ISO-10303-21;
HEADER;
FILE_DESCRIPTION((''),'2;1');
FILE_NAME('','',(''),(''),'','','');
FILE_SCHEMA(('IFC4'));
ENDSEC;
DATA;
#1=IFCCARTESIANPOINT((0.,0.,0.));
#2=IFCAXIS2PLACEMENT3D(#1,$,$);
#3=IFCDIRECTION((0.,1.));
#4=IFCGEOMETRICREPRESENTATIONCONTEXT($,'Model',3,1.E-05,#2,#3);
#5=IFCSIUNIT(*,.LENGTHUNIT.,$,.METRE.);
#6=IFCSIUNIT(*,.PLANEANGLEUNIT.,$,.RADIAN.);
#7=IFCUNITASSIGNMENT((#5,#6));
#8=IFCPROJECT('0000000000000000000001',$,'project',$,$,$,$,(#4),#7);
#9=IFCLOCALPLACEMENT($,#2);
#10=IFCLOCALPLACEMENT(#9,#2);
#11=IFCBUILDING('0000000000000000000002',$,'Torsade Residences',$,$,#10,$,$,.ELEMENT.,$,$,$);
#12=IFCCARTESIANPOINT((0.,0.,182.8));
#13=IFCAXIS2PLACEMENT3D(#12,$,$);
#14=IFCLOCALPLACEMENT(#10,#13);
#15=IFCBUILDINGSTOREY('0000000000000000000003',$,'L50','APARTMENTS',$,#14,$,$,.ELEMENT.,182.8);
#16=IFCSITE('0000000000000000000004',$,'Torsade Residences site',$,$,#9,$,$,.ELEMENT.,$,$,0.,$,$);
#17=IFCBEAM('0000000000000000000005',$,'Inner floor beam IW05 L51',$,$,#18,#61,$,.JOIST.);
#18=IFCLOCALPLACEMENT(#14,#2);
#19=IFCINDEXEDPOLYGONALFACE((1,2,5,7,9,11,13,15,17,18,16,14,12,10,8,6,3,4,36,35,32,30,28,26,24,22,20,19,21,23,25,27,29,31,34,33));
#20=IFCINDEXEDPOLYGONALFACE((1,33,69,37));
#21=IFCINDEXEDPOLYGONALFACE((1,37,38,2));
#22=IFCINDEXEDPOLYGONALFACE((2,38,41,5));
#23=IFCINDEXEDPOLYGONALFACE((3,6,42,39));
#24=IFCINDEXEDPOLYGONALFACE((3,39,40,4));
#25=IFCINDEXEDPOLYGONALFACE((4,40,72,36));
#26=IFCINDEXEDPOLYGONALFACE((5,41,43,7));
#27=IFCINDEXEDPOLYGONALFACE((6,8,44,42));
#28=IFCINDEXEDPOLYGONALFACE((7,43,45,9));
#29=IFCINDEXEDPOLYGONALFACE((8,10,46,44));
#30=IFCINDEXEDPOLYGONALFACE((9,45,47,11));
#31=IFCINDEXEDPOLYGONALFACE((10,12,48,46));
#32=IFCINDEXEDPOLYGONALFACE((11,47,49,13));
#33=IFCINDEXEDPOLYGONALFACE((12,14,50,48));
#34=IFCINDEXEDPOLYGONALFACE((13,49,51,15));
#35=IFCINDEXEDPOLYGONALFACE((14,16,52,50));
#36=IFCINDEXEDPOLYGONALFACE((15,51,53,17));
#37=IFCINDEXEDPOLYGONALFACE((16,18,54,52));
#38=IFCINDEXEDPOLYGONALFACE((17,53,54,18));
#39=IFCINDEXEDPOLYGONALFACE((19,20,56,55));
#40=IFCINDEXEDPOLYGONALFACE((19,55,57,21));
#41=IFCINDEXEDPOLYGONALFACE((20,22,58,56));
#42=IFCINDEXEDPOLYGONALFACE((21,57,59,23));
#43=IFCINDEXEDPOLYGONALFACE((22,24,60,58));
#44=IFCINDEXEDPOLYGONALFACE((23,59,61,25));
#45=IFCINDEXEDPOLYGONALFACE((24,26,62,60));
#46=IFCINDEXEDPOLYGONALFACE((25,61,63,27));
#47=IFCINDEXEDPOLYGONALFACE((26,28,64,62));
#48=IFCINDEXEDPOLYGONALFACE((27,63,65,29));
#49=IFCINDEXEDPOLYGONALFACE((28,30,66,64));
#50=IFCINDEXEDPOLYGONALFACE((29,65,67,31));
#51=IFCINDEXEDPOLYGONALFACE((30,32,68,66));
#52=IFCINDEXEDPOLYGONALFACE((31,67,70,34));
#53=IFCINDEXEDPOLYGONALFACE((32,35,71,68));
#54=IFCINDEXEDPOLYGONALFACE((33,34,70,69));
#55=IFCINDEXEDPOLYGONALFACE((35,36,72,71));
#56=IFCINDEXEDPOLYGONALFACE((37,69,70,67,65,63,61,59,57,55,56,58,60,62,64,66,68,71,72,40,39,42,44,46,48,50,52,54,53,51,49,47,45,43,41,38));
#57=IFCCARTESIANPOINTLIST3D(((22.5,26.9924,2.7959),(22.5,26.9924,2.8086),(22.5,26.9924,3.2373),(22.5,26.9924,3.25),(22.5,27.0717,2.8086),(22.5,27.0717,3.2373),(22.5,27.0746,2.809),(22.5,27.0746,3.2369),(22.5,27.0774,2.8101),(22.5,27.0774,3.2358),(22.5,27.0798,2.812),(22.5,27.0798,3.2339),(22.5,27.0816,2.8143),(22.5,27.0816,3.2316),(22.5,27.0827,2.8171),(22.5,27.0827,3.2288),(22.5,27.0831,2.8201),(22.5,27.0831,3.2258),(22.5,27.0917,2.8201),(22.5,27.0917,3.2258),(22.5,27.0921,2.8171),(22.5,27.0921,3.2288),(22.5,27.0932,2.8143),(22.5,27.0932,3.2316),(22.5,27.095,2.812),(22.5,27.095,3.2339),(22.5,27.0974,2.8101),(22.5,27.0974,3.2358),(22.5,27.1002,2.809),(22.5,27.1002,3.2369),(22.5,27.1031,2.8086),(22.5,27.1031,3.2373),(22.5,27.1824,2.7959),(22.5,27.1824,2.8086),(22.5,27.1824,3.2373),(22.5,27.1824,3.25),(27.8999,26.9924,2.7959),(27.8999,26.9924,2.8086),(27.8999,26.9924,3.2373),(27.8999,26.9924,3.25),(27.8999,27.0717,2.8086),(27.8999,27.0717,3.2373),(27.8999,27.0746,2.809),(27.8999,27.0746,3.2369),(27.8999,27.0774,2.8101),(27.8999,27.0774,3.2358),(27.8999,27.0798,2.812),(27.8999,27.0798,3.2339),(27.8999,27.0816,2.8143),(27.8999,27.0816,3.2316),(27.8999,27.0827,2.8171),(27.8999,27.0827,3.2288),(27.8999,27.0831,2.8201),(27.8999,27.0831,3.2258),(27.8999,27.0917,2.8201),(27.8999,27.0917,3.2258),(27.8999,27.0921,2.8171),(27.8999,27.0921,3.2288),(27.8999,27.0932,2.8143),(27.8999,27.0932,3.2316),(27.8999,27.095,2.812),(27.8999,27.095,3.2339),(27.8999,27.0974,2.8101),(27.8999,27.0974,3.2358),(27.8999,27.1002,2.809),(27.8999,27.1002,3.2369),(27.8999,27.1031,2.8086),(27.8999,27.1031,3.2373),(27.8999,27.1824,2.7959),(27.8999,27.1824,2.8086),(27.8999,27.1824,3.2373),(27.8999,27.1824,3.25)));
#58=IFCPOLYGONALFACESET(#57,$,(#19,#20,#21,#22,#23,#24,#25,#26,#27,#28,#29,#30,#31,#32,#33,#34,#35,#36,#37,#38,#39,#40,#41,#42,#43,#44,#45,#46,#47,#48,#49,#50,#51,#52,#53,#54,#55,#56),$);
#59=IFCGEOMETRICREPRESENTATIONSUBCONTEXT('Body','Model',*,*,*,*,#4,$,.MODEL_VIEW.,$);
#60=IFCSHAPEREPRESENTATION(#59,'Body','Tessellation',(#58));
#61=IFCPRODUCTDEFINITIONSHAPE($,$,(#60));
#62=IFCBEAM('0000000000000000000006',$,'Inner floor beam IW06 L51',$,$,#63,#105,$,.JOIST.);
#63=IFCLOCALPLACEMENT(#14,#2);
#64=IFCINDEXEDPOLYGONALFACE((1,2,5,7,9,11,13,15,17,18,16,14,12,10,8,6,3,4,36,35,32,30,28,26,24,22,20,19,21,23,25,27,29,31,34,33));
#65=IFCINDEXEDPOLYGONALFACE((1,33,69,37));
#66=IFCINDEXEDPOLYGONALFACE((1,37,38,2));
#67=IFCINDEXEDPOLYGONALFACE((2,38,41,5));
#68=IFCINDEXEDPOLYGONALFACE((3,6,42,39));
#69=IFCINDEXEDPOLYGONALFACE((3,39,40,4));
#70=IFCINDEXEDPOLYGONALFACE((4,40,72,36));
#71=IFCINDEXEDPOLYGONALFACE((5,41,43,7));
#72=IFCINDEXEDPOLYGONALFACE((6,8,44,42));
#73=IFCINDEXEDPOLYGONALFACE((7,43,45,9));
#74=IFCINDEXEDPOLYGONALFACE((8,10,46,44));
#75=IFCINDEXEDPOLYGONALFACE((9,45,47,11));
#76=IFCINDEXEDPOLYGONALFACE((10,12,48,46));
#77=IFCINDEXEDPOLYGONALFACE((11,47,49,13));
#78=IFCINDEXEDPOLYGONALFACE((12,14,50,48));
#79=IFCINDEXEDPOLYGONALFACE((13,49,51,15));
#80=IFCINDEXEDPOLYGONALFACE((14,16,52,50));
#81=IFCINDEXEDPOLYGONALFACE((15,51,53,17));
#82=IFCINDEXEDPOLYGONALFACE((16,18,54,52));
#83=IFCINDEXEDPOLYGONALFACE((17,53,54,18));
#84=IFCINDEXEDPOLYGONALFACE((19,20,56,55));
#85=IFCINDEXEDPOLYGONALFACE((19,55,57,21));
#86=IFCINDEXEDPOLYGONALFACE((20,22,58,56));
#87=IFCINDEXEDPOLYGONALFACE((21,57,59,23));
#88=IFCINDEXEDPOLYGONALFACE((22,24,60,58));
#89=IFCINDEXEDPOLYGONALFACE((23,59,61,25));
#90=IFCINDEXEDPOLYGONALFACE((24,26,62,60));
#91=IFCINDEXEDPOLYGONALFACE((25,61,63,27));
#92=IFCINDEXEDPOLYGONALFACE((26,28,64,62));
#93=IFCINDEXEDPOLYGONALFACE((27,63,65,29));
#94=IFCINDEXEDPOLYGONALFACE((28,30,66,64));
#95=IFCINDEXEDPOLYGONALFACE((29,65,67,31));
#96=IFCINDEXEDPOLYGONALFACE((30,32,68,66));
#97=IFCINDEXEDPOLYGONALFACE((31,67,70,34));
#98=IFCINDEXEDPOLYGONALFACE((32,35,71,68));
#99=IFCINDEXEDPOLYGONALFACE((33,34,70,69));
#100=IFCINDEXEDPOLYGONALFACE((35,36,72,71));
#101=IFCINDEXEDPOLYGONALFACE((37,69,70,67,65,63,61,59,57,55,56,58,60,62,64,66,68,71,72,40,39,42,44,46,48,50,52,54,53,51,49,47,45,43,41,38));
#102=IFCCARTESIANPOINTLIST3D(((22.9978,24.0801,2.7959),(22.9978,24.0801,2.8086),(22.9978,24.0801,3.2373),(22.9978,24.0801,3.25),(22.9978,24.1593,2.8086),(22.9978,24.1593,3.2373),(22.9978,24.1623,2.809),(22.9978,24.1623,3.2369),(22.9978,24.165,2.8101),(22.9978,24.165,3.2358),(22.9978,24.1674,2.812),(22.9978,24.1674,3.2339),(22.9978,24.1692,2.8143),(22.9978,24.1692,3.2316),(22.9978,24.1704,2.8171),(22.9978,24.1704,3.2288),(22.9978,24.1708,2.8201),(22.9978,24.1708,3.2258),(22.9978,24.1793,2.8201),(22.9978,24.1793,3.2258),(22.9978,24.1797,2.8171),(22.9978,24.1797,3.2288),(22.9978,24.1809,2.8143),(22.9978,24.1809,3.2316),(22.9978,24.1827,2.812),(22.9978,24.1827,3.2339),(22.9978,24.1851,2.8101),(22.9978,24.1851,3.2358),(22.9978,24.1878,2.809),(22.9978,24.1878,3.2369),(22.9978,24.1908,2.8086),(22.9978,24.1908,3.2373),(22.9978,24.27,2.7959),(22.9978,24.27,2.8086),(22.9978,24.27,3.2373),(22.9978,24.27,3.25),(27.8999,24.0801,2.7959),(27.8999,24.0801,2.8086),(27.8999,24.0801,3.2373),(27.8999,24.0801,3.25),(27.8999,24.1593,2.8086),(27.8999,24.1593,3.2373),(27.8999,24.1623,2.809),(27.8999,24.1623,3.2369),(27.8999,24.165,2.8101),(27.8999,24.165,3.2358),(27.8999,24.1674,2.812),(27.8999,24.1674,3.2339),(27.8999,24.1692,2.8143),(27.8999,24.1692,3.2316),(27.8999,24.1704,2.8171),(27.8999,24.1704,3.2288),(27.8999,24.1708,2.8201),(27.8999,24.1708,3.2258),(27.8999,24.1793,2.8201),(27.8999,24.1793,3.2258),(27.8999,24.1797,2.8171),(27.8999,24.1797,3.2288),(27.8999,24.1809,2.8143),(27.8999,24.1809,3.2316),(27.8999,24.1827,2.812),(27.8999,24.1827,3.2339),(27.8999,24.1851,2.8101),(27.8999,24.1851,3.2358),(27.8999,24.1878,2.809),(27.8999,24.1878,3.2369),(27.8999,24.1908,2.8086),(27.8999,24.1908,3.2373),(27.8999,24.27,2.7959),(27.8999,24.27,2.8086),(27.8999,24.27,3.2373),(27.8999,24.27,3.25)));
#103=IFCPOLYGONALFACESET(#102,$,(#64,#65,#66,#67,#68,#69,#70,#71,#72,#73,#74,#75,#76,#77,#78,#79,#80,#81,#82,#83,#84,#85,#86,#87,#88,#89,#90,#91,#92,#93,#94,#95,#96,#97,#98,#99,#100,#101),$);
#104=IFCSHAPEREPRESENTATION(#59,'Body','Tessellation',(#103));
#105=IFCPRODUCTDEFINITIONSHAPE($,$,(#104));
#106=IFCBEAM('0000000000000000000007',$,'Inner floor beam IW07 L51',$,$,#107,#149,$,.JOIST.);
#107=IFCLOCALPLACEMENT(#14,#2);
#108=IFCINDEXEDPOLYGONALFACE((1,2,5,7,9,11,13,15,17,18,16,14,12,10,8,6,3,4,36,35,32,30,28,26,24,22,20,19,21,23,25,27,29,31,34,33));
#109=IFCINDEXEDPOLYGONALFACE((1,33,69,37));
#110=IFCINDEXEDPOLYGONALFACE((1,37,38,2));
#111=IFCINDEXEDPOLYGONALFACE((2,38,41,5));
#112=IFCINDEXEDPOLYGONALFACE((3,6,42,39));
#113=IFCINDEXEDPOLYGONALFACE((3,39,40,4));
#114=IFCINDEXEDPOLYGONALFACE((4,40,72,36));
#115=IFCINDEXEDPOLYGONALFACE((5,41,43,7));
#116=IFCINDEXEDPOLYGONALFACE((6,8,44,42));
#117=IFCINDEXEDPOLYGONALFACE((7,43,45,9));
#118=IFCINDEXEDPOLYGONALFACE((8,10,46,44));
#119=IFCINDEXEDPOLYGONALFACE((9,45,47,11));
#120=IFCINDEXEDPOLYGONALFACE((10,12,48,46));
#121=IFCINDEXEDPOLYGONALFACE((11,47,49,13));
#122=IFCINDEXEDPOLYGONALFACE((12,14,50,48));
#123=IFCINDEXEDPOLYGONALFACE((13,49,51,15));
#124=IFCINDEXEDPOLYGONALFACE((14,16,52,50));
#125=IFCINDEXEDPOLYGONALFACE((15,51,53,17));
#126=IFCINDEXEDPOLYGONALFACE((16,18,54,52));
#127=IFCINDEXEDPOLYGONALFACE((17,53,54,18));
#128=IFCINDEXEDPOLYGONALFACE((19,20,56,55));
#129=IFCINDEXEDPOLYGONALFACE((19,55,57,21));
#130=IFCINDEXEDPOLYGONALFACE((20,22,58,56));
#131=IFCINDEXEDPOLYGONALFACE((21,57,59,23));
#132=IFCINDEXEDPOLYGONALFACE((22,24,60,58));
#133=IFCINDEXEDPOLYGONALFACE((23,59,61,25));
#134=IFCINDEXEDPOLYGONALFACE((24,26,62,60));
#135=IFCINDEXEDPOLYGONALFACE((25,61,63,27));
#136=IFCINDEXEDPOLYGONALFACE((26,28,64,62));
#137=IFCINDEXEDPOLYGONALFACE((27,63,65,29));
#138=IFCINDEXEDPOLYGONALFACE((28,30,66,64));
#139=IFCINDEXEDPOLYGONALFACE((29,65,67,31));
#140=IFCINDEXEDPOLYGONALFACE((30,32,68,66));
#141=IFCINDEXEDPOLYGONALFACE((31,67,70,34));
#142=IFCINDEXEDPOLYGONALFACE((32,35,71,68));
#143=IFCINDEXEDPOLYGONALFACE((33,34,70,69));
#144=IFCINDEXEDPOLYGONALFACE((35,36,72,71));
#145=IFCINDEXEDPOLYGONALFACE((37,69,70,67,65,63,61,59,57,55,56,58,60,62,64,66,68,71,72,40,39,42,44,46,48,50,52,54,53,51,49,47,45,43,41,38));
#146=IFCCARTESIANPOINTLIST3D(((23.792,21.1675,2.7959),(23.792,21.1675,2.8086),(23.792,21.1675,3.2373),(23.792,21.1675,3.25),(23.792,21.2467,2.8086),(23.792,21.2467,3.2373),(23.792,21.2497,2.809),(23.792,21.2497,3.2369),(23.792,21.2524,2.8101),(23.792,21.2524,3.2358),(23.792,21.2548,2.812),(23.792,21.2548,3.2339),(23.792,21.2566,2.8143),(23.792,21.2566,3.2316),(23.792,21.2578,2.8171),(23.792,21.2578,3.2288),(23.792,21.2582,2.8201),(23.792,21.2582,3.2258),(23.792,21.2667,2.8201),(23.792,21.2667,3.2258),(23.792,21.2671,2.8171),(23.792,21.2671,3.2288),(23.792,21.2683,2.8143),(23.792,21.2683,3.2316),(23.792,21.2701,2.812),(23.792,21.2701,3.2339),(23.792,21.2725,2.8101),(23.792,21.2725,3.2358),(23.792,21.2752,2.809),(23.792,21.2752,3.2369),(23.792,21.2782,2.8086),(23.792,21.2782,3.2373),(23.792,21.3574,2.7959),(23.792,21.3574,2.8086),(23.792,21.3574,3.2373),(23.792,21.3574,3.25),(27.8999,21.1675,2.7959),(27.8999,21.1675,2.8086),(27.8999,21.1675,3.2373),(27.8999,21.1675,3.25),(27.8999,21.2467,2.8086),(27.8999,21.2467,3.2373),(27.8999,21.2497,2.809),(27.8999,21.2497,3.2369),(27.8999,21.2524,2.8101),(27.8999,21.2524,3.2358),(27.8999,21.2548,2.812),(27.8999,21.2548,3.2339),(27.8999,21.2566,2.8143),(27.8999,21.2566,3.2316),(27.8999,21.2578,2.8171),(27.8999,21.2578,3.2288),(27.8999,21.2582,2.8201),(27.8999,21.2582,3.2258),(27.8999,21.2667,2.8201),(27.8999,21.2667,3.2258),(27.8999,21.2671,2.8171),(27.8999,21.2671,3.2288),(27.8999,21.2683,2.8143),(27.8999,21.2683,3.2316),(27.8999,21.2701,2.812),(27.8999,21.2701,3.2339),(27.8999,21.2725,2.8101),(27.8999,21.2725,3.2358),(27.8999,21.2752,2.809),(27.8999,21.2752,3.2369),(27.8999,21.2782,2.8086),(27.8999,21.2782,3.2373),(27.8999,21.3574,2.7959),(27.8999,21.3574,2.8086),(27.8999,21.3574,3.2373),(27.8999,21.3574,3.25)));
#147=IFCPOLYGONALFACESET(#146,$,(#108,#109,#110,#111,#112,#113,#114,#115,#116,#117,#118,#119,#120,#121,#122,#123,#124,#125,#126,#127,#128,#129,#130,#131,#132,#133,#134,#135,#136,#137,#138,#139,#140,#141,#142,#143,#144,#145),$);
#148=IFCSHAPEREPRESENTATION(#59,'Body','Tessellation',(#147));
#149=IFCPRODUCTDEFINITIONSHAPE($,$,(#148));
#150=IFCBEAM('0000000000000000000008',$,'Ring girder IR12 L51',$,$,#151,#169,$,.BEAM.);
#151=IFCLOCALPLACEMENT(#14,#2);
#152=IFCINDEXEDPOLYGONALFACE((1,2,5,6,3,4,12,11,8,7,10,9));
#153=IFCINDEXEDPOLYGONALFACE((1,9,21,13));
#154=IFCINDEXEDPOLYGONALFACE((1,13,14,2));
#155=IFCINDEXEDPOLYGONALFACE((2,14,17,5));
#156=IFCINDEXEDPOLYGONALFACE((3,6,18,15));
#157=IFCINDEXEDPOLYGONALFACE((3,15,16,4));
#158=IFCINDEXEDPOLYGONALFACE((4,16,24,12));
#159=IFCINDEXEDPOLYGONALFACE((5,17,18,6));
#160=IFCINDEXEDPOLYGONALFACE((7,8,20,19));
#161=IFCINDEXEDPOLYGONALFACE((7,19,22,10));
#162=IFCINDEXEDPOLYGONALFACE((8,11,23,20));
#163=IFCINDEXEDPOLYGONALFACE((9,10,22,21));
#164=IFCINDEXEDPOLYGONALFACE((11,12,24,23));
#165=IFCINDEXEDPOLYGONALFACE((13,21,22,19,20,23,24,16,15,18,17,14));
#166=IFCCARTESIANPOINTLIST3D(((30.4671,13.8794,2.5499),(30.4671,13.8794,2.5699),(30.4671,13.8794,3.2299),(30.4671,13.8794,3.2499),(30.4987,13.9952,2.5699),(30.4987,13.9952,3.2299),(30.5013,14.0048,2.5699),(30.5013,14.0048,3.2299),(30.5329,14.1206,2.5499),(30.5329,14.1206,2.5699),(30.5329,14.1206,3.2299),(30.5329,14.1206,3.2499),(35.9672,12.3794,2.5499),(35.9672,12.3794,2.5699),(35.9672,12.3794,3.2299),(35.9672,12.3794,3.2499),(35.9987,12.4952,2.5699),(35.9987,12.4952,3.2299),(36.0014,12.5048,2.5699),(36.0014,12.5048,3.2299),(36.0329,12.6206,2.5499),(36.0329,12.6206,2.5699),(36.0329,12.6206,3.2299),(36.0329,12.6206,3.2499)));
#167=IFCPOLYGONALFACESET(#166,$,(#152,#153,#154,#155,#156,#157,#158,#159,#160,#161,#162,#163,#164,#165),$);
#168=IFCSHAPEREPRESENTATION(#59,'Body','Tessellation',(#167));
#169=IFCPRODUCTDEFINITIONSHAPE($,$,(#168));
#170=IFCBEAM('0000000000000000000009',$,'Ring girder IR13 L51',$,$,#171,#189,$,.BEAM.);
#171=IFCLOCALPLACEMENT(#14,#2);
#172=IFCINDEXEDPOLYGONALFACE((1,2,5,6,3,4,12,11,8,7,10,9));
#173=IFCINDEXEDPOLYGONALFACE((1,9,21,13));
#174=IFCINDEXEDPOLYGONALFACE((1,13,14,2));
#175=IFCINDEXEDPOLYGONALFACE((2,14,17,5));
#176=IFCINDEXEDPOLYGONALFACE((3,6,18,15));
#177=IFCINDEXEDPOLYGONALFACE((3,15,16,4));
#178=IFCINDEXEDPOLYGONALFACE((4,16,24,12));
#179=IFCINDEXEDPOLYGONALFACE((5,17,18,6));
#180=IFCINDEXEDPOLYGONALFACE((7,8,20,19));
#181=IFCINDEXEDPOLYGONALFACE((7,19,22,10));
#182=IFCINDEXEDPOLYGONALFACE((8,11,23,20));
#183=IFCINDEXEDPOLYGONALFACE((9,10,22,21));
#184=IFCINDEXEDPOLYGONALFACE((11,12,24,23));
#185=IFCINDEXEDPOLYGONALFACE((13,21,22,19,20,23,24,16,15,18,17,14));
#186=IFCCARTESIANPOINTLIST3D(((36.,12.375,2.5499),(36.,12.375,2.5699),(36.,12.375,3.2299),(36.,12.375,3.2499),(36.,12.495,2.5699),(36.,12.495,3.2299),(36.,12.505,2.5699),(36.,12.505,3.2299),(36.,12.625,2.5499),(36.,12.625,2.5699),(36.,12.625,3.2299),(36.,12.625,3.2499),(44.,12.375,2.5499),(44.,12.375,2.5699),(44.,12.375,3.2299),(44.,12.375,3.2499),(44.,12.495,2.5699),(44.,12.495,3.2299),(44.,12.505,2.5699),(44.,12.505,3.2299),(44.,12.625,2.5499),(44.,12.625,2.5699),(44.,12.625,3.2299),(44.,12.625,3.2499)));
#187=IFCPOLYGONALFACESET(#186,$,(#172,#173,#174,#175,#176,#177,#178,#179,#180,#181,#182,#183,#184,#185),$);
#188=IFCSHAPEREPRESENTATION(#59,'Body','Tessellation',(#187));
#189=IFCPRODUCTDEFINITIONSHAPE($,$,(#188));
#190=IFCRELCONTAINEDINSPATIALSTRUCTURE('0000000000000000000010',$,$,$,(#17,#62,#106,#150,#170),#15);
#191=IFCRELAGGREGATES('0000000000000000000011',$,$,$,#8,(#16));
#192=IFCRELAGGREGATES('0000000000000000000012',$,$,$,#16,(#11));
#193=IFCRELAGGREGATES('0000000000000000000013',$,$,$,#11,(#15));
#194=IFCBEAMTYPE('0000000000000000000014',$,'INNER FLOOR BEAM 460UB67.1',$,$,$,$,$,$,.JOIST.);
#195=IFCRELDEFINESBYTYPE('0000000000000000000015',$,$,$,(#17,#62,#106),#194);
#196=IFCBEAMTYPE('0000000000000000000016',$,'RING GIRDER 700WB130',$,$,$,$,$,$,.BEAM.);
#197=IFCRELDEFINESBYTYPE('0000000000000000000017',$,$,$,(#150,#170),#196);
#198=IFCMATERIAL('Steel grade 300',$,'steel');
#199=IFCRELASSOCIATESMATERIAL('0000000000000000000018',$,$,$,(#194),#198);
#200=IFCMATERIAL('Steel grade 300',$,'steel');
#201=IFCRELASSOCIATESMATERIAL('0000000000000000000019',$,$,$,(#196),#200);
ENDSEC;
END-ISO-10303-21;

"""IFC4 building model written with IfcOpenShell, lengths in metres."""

from ifc_helpers import new_model, si_unit, direction, frame, origin, origin_2d, place, context, subcontext, project, spatial, i_section, extrude, material, material_profile, profile_set, type_object, element, save


model = new_model("IFC4")

# Units and contexts
model_context = context("Model", 3, precision=1e-05, world=origin(), true_north=direction((0.0, 1.0)))
body_context = subcontext(model_context, "Body", "Model", "MODEL_VIEW")
ifc_project = project(units=[si_unit("LENGTHUNIT", "METRE"), si_unit("PLANEANGLEUNIT", "RADIAN")], contexts=[model_context])

# Site, building, storey
site_placement = place(None, origin())
site = spatial("IfcSite", under=ifc_project, at=site_placement, Name="Torsade Residences site", CompositionType="ELEMENT", RefElevation=0.0)
building_placement = place(site_placement, origin())
building = spatial("IfcBuilding", under=site, at=building_placement, Name="Torsade Residences", CompositionType="ELEMENT")
storey_placement = place(building_placement, frame((0.0, 0.0, 182.8)))
storey = spatial("IfcBuildingStorey", under=building, at=storey_placement, Name="L50", Description="APARTMENTS", CompositionType="ELEMENT", Elevation=182.8)

# Beams
ifc_material_1 = material(Name="Steel grade 300", Category="steel")
ifc_material_profile_1 = material_profile(ifc_material_1, i_section(OverallWidth=0.1899, OverallDepth=0.4541, WebThickness=0.0085, FlangeThickness=0.0127, FilletRadius=0.0115, at=origin_2d()), Name="460UB67.1")
ifc_profile_set_1 = profile_set([ifc_material_profile_1], Name="Steel grade 300")
beam_type_1 = type_object("IfcBeamType", Name="INNER FLOOR BEAM 460UB67.1", PredefinedType="JOIST", material=ifc_profile_set_1)
beam_1_placement = place(storey_placement, frame((27.8999, 27.0874, 3.0229), z_axis=(-1.0, 0.0, 0.0), x_axis=(0.0, -1.0, 0.0)))
element("IfcBeam", 1, at=beam_1_placement, inside=storey, type_object=beam_type_1, Name="Inner floor beam IW05 L51", PredefinedType="JOIST", context=body_context, shape_type="SweptSolid", body=[
    extrude(i_section(OverallWidth=0.1899, OverallDepth=0.4541, WebThickness=0.0085, FlangeThickness=0.0127, FilletRadius=0.0115, at=origin_2d()), origin(), (0.0, 0.0, 1.0), 5.3999),
])
beam_2_placement = place(storey_placement, frame((27.8999, 24.175, 3.0229), z_axis=(-1.0, 0.0, 0.0), x_axis=(0.0, -1.0, 0.0)))
element("IfcBeam", 2, at=beam_2_placement, inside=storey, type_object=beam_type_1, Name="Inner floor beam IW06 L51", PredefinedType="JOIST", context=body_context, shape_type="SweptSolid", body=[
    extrude(i_section(OverallWidth=0.1899, OverallDepth=0.4541, WebThickness=0.0085, FlangeThickness=0.0127, FilletRadius=0.0115, at=origin_2d()), origin(), (0.0, 0.0, 1.0), 4.9021),
])
beam_3_placement = place(storey_placement, frame((27.8999, 21.2625, 3.0229), z_axis=(-1.0, 0.0, 0.0), x_axis=(0.0, -1.0, 0.0)))
element("IfcBeam", 3, at=beam_3_placement, inside=storey, type_object=beam_type_1, Name="Inner floor beam IW07 L51", PredefinedType="JOIST", context=body_context, shape_type="SweptSolid", body=[
    extrude(i_section(OverallWidth=0.1899, OverallDepth=0.4541, WebThickness=0.0085, FlangeThickness=0.0127, FilletRadius=0.0115, at=origin_2d()), origin(), (0.0, 0.0, 1.0), 4.1079),
])
ifc_material_2 = material(Name="Steel grade 300", Category="steel")
ifc_material_profile_2 = material_profile(ifc_material_2, i_section(OverallWidth=0.25, OverallDepth=0.7, WebThickness=0.01, FlangeThickness=0.02, at=origin_2d()), Name="700WB130")
ifc_profile_set_2 = profile_set([ifc_material_profile_2], Name="Steel grade 300")
beam_type_2 = type_object("IfcBeamType", Name="RING GIRDER 700WB130", PredefinedType="BEAM", material=ifc_profile_set_2)
beam_4_placement = place(storey_placement, frame((30.5, 14.0, 2.8999), z_axis=(0.964764, -0.263117, 0.0), x_axis=(0.263117, 0.964764, 0.0)))
element("IfcBeam", 4, at=beam_4_placement, inside=storey, type_object=beam_type_2, Name="Ring girder IR12 L51", PredefinedType="BEAM", context=body_context, shape_type="SweptSolid", body=[
    extrude(i_section(OverallWidth=0.25, OverallDepth=0.7, WebThickness=0.01, FlangeThickness=0.02, at=origin_2d()), origin(), (0.0, 0.0, 1.0), 5.7009),
])
beam_5_placement = place(storey_placement, frame((36.0, 12.5, 2.8999), z_axis=(1.0, 0.0, 0.0), x_axis=(0.0, 1.0, 0.0)))
element("IfcBeam", 5, at=beam_5_placement, inside=storey, type_object=beam_type_2, Name="Ring girder IR13 L51", PredefinedType="BEAM", context=body_context, shape_type="SweptSolid", body=[
    extrude(i_section(OverallWidth=0.25, OverallDepth=0.7, WebThickness=0.01, FlangeThickness=0.02, at=origin_2d()), origin(), (0.0, 0.0, 1.0), 8.0),
])

save(model, "model.ifc")
